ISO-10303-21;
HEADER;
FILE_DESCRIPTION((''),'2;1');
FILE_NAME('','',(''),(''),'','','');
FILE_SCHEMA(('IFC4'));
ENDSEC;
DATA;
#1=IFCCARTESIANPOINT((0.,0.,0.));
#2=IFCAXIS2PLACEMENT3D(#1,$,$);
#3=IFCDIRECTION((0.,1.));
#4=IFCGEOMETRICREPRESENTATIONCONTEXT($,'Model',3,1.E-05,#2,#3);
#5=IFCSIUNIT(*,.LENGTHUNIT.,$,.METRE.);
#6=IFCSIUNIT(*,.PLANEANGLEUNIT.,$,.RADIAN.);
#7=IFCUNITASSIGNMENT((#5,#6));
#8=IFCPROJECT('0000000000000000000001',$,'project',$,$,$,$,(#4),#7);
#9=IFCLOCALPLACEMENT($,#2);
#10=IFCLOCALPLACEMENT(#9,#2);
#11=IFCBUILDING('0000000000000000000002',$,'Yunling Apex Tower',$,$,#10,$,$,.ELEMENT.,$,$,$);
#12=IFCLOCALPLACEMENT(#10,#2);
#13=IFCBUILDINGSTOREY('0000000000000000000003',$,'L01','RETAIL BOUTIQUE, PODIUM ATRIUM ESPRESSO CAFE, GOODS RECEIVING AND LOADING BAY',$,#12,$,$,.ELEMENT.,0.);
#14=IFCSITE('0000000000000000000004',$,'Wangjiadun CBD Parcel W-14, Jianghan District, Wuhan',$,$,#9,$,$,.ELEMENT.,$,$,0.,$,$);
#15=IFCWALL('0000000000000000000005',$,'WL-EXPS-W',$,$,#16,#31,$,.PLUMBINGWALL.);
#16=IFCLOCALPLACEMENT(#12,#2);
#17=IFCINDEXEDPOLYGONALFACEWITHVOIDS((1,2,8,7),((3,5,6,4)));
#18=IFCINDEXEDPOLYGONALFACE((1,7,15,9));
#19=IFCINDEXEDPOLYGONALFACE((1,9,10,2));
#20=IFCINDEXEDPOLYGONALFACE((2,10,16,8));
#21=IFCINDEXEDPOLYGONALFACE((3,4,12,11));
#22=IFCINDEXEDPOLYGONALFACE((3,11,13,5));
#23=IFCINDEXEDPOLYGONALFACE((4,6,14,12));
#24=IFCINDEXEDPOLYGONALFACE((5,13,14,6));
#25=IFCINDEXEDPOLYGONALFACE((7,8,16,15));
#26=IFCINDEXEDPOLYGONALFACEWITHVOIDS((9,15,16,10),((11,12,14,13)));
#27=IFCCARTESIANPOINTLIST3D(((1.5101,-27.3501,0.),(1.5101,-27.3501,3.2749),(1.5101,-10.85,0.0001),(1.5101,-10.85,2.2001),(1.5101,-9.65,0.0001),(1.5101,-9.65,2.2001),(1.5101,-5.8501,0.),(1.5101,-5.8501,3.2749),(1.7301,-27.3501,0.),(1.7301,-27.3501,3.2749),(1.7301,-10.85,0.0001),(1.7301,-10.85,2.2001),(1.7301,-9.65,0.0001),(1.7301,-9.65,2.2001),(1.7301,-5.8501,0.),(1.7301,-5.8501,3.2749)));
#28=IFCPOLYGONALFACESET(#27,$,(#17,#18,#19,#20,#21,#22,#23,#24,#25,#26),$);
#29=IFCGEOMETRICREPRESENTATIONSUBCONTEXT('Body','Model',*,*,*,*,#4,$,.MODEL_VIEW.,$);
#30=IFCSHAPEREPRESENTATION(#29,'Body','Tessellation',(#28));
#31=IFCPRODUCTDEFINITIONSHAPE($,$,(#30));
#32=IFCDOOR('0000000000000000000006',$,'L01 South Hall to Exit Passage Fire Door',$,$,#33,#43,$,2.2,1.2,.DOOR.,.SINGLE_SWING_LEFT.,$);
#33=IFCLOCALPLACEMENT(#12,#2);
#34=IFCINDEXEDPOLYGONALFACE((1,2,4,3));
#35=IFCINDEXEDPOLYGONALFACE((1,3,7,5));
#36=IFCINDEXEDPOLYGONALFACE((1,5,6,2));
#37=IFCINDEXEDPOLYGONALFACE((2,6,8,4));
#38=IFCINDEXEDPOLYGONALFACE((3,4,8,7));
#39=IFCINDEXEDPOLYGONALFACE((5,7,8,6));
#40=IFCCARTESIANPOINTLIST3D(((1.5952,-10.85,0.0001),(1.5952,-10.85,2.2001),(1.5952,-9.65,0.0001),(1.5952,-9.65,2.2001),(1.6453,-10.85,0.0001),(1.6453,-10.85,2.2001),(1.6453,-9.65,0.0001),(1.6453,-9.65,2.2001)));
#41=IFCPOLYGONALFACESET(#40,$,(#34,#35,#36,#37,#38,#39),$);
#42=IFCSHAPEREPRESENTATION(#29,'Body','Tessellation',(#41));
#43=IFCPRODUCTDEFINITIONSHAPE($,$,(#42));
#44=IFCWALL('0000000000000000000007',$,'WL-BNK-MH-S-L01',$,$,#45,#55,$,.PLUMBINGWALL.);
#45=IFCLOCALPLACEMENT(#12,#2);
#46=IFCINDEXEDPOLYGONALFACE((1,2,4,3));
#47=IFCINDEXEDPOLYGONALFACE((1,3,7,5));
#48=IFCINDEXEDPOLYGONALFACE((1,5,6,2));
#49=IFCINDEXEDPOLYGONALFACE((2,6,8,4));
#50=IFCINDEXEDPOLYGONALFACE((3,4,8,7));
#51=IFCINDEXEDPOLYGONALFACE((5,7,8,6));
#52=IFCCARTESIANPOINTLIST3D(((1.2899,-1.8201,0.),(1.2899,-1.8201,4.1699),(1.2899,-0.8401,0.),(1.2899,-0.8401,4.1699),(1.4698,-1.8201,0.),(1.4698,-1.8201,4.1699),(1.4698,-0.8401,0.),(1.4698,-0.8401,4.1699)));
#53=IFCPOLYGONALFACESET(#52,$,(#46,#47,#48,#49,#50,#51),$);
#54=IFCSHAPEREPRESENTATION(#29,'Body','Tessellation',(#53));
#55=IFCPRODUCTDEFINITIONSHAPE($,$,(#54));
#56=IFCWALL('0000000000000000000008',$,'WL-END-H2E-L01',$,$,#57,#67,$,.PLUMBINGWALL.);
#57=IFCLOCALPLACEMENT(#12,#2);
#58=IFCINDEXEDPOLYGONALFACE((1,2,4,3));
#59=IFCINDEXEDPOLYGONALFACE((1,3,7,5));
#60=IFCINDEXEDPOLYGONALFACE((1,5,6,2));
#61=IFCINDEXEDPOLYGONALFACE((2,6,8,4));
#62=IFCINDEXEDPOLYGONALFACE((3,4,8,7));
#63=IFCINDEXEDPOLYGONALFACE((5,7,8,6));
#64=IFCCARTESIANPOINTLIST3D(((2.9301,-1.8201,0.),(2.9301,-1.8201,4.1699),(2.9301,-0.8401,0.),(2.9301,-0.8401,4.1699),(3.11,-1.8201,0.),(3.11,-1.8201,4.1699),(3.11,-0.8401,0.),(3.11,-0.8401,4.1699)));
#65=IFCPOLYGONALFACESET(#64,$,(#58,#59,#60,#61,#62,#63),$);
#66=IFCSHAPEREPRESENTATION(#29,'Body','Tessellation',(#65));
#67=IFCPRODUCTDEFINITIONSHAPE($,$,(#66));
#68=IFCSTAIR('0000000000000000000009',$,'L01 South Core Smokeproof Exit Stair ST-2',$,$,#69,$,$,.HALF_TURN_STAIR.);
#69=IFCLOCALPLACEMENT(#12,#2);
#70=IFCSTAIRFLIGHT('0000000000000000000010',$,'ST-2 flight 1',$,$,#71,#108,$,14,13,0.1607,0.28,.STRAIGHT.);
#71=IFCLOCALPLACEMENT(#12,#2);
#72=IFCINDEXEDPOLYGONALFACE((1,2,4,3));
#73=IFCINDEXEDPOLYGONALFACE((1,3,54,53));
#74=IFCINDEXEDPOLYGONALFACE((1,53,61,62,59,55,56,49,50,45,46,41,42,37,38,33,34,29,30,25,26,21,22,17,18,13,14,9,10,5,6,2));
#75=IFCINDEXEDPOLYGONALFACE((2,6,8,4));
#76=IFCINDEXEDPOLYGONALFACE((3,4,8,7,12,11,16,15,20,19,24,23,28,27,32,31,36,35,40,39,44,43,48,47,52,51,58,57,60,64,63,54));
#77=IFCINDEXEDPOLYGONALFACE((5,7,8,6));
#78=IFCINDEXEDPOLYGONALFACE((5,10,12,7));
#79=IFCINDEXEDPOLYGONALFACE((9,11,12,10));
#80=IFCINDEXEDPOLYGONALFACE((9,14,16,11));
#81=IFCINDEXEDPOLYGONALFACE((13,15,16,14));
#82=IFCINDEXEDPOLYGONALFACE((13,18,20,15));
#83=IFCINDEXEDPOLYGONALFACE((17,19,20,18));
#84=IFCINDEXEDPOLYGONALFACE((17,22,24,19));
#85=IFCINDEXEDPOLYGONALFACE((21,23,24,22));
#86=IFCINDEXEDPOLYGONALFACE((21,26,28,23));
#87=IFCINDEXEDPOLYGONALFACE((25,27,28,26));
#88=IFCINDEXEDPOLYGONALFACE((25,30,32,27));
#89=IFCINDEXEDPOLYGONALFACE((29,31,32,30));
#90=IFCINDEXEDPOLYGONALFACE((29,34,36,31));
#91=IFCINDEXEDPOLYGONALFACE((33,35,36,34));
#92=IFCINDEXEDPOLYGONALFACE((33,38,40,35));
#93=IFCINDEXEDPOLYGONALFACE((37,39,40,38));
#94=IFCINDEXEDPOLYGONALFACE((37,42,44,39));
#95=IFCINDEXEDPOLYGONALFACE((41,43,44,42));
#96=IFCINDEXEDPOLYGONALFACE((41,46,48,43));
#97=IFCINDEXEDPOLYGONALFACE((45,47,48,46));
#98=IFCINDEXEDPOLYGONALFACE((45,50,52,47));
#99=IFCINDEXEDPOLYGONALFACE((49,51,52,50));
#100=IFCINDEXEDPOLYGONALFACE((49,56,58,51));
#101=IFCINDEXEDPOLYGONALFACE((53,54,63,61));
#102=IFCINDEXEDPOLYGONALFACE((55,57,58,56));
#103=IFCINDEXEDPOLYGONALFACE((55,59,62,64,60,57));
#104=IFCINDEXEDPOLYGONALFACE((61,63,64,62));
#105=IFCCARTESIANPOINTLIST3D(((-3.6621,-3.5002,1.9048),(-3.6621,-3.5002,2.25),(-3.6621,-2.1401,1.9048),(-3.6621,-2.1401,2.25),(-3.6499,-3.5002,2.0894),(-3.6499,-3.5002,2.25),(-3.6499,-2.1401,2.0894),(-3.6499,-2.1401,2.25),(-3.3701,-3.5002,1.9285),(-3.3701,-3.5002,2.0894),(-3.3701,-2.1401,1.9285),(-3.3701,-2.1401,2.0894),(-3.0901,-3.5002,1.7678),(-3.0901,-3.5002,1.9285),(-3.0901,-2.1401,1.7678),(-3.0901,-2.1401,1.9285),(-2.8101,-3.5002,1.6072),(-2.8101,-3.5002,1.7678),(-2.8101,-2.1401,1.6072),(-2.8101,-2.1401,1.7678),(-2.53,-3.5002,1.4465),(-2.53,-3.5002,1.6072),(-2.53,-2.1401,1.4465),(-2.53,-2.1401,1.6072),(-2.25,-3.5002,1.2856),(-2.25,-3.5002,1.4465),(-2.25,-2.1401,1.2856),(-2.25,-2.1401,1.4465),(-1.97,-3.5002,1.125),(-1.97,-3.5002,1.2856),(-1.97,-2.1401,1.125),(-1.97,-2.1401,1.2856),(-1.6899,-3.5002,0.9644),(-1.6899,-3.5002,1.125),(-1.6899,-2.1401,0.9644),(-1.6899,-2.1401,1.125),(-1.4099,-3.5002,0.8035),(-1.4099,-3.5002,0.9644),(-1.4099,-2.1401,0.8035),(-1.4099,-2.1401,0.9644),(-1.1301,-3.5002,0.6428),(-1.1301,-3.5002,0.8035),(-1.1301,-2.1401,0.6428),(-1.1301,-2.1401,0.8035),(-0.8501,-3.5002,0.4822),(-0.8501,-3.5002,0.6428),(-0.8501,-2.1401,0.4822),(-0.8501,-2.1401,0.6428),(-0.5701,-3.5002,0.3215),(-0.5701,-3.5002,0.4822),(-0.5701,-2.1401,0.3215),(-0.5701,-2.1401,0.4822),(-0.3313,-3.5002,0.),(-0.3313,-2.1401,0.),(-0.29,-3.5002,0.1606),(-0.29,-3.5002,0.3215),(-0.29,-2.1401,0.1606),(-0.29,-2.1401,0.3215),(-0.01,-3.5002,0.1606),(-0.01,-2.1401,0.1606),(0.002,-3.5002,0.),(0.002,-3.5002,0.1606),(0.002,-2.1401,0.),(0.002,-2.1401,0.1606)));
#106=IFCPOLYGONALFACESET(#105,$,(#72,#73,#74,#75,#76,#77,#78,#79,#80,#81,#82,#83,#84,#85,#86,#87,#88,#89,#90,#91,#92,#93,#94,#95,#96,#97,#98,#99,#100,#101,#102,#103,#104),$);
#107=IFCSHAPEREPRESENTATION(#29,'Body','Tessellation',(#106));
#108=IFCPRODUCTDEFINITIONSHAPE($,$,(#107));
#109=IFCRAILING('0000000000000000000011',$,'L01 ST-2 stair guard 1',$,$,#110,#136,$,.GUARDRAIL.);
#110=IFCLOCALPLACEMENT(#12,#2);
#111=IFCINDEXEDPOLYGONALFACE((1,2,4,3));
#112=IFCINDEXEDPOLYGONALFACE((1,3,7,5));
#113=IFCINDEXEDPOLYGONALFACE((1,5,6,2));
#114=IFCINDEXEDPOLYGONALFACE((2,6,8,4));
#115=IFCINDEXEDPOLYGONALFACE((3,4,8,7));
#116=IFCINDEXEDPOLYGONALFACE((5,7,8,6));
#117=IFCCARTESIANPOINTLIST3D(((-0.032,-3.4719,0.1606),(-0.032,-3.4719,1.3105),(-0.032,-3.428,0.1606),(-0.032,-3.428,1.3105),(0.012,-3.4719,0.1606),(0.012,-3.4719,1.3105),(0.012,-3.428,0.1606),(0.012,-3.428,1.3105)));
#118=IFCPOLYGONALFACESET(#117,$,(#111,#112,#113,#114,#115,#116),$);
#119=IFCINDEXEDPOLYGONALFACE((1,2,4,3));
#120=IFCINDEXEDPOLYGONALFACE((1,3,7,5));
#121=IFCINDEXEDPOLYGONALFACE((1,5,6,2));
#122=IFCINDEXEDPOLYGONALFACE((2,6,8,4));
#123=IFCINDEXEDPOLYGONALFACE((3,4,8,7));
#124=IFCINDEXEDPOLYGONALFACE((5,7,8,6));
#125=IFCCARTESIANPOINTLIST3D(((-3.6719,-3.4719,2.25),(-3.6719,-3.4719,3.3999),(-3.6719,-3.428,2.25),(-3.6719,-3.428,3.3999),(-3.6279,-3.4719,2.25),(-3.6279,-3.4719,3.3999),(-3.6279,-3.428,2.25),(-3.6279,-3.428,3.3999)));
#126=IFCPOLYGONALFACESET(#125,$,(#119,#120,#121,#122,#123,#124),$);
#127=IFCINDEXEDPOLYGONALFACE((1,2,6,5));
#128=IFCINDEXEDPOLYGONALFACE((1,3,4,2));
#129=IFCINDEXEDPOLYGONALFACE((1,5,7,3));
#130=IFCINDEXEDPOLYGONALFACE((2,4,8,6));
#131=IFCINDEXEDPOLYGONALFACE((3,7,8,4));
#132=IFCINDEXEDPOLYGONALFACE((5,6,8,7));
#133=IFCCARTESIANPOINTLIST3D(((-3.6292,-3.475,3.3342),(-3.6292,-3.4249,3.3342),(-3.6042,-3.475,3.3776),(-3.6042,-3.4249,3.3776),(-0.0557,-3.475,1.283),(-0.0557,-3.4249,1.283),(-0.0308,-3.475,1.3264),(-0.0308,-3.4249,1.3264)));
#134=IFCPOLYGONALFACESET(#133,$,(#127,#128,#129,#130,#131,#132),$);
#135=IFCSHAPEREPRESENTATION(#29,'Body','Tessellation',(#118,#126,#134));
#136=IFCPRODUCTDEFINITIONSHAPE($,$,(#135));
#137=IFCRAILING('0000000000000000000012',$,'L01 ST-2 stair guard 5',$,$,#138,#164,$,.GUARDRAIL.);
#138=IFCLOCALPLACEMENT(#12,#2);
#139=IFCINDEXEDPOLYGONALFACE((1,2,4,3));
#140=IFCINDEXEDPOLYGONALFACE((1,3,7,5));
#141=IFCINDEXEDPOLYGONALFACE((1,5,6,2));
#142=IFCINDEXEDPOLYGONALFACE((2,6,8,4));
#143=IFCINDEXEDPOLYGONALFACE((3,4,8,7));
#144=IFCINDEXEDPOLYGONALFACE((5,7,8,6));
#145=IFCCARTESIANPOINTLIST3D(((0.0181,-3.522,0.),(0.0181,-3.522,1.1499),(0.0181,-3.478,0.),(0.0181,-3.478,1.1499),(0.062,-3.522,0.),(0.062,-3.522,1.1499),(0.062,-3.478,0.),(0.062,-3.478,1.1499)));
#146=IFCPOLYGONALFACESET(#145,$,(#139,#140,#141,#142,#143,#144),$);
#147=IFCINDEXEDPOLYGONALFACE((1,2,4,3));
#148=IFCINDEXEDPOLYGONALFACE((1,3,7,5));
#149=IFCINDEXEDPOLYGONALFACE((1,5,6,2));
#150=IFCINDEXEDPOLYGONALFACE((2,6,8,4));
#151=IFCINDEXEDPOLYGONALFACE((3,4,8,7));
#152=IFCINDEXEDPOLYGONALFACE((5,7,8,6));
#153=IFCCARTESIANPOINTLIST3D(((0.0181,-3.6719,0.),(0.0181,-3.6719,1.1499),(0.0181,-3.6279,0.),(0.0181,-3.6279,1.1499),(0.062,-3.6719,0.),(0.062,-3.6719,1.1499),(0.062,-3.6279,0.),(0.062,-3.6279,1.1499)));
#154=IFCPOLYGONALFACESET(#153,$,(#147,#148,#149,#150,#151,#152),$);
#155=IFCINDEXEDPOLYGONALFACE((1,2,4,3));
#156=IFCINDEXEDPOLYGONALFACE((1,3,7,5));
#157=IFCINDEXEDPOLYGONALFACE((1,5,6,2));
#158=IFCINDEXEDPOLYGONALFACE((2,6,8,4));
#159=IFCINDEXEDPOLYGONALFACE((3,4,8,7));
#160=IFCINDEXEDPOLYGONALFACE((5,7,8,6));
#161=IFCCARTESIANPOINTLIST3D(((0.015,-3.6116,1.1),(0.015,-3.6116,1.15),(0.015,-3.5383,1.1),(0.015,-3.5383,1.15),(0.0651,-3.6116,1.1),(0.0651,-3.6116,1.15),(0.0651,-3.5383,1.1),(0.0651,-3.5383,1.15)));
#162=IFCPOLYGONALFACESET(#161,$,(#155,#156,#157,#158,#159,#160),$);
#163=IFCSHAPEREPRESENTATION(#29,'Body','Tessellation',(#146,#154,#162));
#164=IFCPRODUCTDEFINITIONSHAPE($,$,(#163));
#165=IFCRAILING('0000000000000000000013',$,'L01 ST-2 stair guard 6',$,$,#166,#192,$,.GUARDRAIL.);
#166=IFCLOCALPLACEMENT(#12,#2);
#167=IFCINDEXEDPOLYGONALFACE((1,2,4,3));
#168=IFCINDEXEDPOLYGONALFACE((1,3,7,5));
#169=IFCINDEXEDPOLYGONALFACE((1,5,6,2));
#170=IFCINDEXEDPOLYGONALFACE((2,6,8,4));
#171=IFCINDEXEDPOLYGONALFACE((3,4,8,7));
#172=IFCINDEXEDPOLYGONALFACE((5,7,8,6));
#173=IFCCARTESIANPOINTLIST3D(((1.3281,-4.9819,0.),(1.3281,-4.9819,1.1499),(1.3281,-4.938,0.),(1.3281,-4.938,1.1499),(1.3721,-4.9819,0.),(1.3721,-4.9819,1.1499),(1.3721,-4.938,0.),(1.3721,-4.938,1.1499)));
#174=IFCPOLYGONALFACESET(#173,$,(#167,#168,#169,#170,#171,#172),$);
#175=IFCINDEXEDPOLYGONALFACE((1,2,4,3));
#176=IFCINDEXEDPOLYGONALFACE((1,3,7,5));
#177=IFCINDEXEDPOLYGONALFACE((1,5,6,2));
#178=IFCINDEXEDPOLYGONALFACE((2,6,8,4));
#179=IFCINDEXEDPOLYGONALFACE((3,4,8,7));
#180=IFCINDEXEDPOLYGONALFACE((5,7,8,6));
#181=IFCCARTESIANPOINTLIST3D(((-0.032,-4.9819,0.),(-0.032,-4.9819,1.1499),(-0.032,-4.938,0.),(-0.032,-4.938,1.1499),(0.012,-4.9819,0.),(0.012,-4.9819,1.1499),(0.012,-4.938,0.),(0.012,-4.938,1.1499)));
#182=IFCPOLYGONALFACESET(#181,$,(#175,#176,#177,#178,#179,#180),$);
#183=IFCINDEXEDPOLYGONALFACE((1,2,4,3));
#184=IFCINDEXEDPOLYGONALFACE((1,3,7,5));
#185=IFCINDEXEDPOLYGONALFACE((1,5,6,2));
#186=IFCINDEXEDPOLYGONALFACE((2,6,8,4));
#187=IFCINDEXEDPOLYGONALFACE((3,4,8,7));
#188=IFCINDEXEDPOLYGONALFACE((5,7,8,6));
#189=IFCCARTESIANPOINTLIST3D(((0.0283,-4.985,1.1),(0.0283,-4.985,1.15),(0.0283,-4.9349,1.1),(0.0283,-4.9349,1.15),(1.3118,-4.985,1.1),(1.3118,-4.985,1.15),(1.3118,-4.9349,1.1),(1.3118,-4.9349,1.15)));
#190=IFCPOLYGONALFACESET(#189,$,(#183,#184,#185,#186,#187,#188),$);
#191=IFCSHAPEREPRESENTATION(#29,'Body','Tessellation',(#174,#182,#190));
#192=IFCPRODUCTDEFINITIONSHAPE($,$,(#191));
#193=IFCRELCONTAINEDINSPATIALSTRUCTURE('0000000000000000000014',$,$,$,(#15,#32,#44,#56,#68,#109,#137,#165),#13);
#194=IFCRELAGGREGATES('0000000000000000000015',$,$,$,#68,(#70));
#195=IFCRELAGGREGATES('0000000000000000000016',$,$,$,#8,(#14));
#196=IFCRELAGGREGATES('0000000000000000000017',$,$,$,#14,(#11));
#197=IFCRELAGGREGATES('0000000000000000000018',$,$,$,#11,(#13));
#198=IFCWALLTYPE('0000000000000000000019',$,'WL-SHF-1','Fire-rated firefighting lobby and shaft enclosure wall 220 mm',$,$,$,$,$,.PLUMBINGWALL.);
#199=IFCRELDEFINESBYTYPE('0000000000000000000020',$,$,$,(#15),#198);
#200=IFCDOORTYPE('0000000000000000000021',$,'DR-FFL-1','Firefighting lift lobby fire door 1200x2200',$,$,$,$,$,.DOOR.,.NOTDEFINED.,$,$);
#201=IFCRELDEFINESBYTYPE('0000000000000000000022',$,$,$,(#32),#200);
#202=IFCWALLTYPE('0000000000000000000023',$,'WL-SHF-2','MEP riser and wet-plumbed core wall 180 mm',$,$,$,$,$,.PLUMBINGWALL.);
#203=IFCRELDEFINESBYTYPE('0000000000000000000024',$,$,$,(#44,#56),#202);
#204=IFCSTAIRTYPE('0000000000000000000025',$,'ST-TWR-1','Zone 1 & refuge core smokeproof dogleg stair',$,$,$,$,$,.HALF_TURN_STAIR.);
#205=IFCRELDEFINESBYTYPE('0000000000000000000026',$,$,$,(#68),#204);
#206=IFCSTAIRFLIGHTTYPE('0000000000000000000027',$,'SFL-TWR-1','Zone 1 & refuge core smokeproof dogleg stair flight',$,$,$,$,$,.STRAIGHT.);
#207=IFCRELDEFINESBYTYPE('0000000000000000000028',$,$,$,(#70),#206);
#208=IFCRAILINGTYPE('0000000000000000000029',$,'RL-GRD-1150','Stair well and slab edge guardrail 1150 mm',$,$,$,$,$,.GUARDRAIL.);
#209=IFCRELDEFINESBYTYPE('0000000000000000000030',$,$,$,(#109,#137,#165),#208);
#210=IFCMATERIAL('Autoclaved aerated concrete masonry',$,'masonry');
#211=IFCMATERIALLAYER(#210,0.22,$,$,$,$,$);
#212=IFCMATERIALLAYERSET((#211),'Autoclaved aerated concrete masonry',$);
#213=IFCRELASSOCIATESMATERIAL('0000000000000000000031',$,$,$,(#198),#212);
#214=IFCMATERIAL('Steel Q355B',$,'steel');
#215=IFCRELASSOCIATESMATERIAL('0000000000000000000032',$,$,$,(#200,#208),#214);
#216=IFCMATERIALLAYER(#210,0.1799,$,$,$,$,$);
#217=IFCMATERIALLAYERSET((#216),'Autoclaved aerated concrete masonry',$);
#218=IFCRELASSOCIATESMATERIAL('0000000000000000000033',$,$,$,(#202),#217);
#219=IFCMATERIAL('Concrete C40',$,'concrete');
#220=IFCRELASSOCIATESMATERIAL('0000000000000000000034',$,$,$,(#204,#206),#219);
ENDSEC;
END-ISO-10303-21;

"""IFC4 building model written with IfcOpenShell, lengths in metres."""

from ifc_helpers import new_model, si_unit, direction, frame, frame_2d, origin, origin_2d, place, context, subcontext, project, spatial, polyline, rectangle, outline, extrude, material, layer, layer_set, type_object, element, fill, aggregate, save


model = new_model("IFC4")

# Units and contexts
model_context = context("Model", 3, precision=1e-05, world=origin(), true_north=direction((0.0, 1.0)))
body_context = subcontext(model_context, "Body", "Model", "MODEL_VIEW")
ifc_project = project(units=[si_unit("LENGTHUNIT", "METRE"), si_unit("PLANEANGLEUNIT", "RADIAN")], contexts=[model_context])

# Site, building, storey
site_placement = place(None, origin())
site = spatial("IfcSite", under=ifc_project, at=site_placement, Name="Wangjiadun CBD Parcel W-14, Jianghan District, Wuhan", CompositionType="ELEMENT", RefElevation=0.0)
building_placement = place(site_placement, origin())
building = spatial("IfcBuilding", under=site, at=building_placement, Name="Yunling Apex Tower", CompositionType="ELEMENT")
storey_placement = place(building_placement, origin())
storey = spatial("IfcBuildingStorey", under=building, at=storey_placement, Name="L01", Description="RETAIL BOUTIQUE, PODIUM ATRIUM ESPRESSO CAFE, GOODS RECEIVING AND LOADING BAY", CompositionType="ELEMENT", Elevation=0.0)

# Shared definitions
ifc_material_1 = material(Name="Steel Q355B", Category="steel")

# Shared definitions
ifc_material_2 = material(Name="Concrete C40", Category="concrete")

# Wall, opening, door
ifc_material_3 = material(Name="Autoclaved aerated concrete masonry", Category="masonry")
ifc_layer_1 = layer(ifc_material_3, 0.22)
ifc_layer_set_1 = layer_set([ifc_layer_1], Name="Autoclaved aerated concrete masonry")
wall_type_1 = type_object("IfcWallType", Name="WL-SHF-1", Description="Fire-rated firefighting lobby and shaft enclosure wall 220 mm", PredefinedType="PLUMBINGWALL", material=ifc_layer_set_1)
wall_1_placement = place(storey_placement, frame((1.6201, -27.3501, 0.0), z_axis=(0.0, 0.0, 1.0), x_axis=(0.0, 1.0, 0.0)))
wall_1 = element("IfcWall", 1, at=wall_1_placement, inside=storey, type_object=wall_type_1, Name="WL-EXPS-W", PredefinedType="PLUMBINGWALL", context=body_context, shape_type="SweptSolid", body=[
    extrude(rectangle(XDim=21.5, YDim=0.22, at=frame_2d((10.75, 0.0))), origin(), (0.0, 0.0, 1.0), 3.2749),
])
opening_1_placement = place(wall_1_placement, frame((16.5, 0.0, 0.0)))
opening_1 = element("IfcOpeningElement", 2, at=opening_1_placement, cuts=wall_1, PredefinedType="OPENING", context=body_context, shape_type="SweptSolid", body=[
    extrude(rectangle(XDim=1.2, YDim=2.2, at=frame_2d((0.6001, 1.1001))), frame((0.0, 0.1201, 0.0), z_axis=(0.0, -1.0, 0.0), x_axis=(1.0, 0.0, 0.0)), (0.0, 0.0, 1.0), 0.24),
])
door_type_1 = type_object("IfcDoorType", Name="DR-FFL-1", Description="Firefighting lift lobby fire door 1200x2200", OperationType="NOTDEFINED", PredefinedType="DOOR", material=ifc_material_1)
door_1_placement = place(opening_1_placement, origin())
door_1 = element("IfcDoor", 3, at=door_1_placement, inside=storey, type_object=door_type_1, Name="L01 South Hall to Exit Passage Fire Door", OperationType="SINGLE_SWING_LEFT", OverallHeight=2.2, OverallWidth=1.2, PredefinedType="DOOR", context=body_context, shape_type="SweptSolid", body=[
    extrude(rectangle(XDim=1.2, YDim=2.2, at=frame_2d((0.6001, 1.1001))), frame((0.0, 0.0249, 0.0), z_axis=(0.0, -1.0, 0.0), x_axis=(1.0, 0.0, 0.0)), (0.0, 0.0, 1.0), 0.05),
])
fill(opening_1, door_1)

# Walls
ifc_layer_2 = layer(ifc_material_3, 0.1799)
ifc_layer_set_2 = layer_set([ifc_layer_2], Name="Autoclaved aerated concrete masonry")
wall_type_2 = type_object("IfcWallType", Name="WL-SHF-2", Description="MEP riser and wet-plumbed core wall 180 mm", PredefinedType="PLUMBINGWALL", material=ifc_layer_set_2)
for number, where, z_axis, x_axis, name in (
    (4, (1.3799, -1.8201, 0.0), (0.0, 0.0, 1.0), (0.0, 1.0, 0.0), "WL-BNK-MH-S-L01"),
    (5, (3.02, -1.8201, 0.0), (0.0, 0.0, 1.0), (0.0, 1.0, 0.0), "WL-END-H2E-L01"),
):
    element("IfcWall", number, at=place(storey_placement, frame(where, z_axis=z_axis, x_axis=x_axis)), inside=storey, type_object=wall_type_2, Name=name, PredefinedType="PLUMBINGWALL", context=body_context, shape_type="SweptSolid", body=[
        extrude(rectangle(XDim=0.98, YDim=0.1799, at=frame_2d((0.49, 0.0))), origin(), (0.0, 0.0, 1.0), 4.1699),
    ])

# Stair, stair flight
stair_type = type_object("IfcStairType", Name="ST-TWR-1", Description="Zone 1 & refuge core smokeproof dogleg stair", PredefinedType="HALF_TURN_STAIR", material=ifc_material_2)
stair_placement = place(storey_placement, origin())
stair = element("IfcStair", 6, at=stair_placement, inside=storey, type_object=stair_type, Name="L01 South Core Smokeproof Exit Stair ST-2", PredefinedType="HALF_TURN_STAIR")
stair_flight_type = type_object("IfcStairFlightType", Name="SFL-TWR-1", Description="Zone 1 & refuge core smokeproof dogleg stair flight", PredefinedType="STRAIGHT", material=ifc_material_2)
stair_flight_placement = place(storey_placement, frame((-0.01, -2.8201, 0.0), z_axis=(0.0, 0.0, 1.0), x_axis=(-1.0, 0.0, 0.0)))
stair_flight = element("IfcStairFlight", 7, at=stair_flight_placement, type_object=stair_flight_type, Name="ST-2 flight 1", NumberOfRisers=14, NumberOfTreads=13, PredefinedType="STRAIGHT", RiserHeight=0.1607, TreadLength=0.28, context=body_context, shape_type="SweptSolid", body=[
    extrude(outline(polyline([(-0.012, 0.0), (-0.012, 0.1606), (0.0, 0.1606), (0.28, 0.1606), (0.28, 0.3215), (0.5601, 0.3215), (0.5601, 0.4822), (0.8401, 0.4822), (0.8401, 0.6428), (1.1201, 0.6428), (1.1201, 0.8035), (1.3999, 0.8035), (1.3999, 0.9644), (1.6799, 0.9644), (1.6799, 1.125), (1.96, 1.125), (1.96, 1.2856), (2.24, 1.2856), (2.24, 1.4465), (2.52, 1.4465), (2.52, 1.6072), (2.8, 1.6072), (2.8, 1.7678), (3.0801, 1.7678), (3.0801, 1.9285), (3.3601, 1.9285), (3.3601, 2.0894), (3.6399, 2.0894), (3.6399, 2.25), (3.6521, 2.25), (3.6521, 1.9048), (0.3213, 0.0), (-0.012, 0.0)])), frame((0.0, 0.6802, 0.0), z_axis=(0.0, -1.0, 0.0), x_axis=(1.0, 0.0, 0.0)), (0.0, 0.0, 1.0), 1.3601),
])
aggregate(stair, [stair_flight])

# Railings
railing_type_1 = type_object("IfcRailingType", Name="RL-GRD-1150", Description="Stair well and slab edge guardrail 1150 mm", PredefinedType="GUARDRAIL", material=ifc_material_1)
railing_1_placement = place(storey_placement, frame((-0.01, -3.45, 0.1606)))
element("IfcRailing", 8, at=railing_1_placement, inside=storey, type_object=railing_type_1, Name="L01 ST-2 stair guard 1", PredefinedType="GUARDRAIL", context=body_context, shape_type="SweptSolid", body=[
    extrude(rectangle(XDim=0.0439, YDim=0.0439, at=origin_2d()), origin(), (0.0, 0.0, 1.0), 1.1499),
    extrude(rectangle(XDim=0.0439, YDim=0.0439, at=origin_2d()), frame((-3.6399, 0.0, 2.0894)), (0.0, 0.0, 1.0), 1.1499),
    extrude(rectangle(XDim=0.05, YDim=0.05, at=origin_2d()), frame((-0.0332, 0.0, 1.144), z_axis=(-0.867275, 0.0, 0.497829), x_axis=(0.0, -1.0, 0.0)), (0.0, 0.0, 1.0), 4.1204),
])
railing_2_placement = place(storey_placement, frame((0.04, -3.5, 0.0)))
element("IfcRailing", 9, at=railing_2_placement, inside=storey, type_object=railing_type_1, Name="L01 ST-2 stair guard 5", PredefinedType="GUARDRAIL", context=body_context, shape_type="SweptSolid", body=[
    extrude(rectangle(XDim=0.0439, YDim=0.0439, at=origin_2d()), origin(), (0.0, 0.0, 1.0), 1.1499),
    extrude(rectangle(XDim=0.0439, YDim=0.0439, at=origin_2d()), frame((0.0, -0.1499, 0.0)), (0.0, 0.0, 1.0), 1.1499),
    extrude(rectangle(XDim=0.05, YDim=0.05, at=origin_2d()), frame((0.0, -0.0383, 1.125), z_axis=(0.0, -1.0, 0.0), x_axis=(1.0, 0.0, 0.0)), (0.0, 0.0, 1.0), 0.0732),
])
railing_3_placement = place(storey_placement, frame((1.3501, -4.96, 0.0)))
element("IfcRailing", 10, at=railing_3_placement, inside=storey, type_object=railing_type_1, Name="L01 ST-2 stair guard 6", PredefinedType="GUARDRAIL", context=body_context, shape_type="SweptSolid", body=[
    extrude(rectangle(XDim=0.0439, YDim=0.0439, at=origin_2d()), origin(), (0.0, 0.0, 1.0), 1.1499),
    extrude(rectangle(XDim=0.0439, YDim=0.0439, at=origin_2d()), frame((-1.3601, 0.0, 0.0)), (0.0, 0.0, 1.0), 1.1499),
    extrude(rectangle(XDim=0.05, YDim=0.05, at=origin_2d()), frame((-0.0383, 0.0, 1.125), z_axis=(-1.0, 0.0, 0.0), x_axis=(0.0, -1.0, 0.0)), (0.0, 0.0, 1.0), 1.2834),
])

save(model, "model.ifc")
